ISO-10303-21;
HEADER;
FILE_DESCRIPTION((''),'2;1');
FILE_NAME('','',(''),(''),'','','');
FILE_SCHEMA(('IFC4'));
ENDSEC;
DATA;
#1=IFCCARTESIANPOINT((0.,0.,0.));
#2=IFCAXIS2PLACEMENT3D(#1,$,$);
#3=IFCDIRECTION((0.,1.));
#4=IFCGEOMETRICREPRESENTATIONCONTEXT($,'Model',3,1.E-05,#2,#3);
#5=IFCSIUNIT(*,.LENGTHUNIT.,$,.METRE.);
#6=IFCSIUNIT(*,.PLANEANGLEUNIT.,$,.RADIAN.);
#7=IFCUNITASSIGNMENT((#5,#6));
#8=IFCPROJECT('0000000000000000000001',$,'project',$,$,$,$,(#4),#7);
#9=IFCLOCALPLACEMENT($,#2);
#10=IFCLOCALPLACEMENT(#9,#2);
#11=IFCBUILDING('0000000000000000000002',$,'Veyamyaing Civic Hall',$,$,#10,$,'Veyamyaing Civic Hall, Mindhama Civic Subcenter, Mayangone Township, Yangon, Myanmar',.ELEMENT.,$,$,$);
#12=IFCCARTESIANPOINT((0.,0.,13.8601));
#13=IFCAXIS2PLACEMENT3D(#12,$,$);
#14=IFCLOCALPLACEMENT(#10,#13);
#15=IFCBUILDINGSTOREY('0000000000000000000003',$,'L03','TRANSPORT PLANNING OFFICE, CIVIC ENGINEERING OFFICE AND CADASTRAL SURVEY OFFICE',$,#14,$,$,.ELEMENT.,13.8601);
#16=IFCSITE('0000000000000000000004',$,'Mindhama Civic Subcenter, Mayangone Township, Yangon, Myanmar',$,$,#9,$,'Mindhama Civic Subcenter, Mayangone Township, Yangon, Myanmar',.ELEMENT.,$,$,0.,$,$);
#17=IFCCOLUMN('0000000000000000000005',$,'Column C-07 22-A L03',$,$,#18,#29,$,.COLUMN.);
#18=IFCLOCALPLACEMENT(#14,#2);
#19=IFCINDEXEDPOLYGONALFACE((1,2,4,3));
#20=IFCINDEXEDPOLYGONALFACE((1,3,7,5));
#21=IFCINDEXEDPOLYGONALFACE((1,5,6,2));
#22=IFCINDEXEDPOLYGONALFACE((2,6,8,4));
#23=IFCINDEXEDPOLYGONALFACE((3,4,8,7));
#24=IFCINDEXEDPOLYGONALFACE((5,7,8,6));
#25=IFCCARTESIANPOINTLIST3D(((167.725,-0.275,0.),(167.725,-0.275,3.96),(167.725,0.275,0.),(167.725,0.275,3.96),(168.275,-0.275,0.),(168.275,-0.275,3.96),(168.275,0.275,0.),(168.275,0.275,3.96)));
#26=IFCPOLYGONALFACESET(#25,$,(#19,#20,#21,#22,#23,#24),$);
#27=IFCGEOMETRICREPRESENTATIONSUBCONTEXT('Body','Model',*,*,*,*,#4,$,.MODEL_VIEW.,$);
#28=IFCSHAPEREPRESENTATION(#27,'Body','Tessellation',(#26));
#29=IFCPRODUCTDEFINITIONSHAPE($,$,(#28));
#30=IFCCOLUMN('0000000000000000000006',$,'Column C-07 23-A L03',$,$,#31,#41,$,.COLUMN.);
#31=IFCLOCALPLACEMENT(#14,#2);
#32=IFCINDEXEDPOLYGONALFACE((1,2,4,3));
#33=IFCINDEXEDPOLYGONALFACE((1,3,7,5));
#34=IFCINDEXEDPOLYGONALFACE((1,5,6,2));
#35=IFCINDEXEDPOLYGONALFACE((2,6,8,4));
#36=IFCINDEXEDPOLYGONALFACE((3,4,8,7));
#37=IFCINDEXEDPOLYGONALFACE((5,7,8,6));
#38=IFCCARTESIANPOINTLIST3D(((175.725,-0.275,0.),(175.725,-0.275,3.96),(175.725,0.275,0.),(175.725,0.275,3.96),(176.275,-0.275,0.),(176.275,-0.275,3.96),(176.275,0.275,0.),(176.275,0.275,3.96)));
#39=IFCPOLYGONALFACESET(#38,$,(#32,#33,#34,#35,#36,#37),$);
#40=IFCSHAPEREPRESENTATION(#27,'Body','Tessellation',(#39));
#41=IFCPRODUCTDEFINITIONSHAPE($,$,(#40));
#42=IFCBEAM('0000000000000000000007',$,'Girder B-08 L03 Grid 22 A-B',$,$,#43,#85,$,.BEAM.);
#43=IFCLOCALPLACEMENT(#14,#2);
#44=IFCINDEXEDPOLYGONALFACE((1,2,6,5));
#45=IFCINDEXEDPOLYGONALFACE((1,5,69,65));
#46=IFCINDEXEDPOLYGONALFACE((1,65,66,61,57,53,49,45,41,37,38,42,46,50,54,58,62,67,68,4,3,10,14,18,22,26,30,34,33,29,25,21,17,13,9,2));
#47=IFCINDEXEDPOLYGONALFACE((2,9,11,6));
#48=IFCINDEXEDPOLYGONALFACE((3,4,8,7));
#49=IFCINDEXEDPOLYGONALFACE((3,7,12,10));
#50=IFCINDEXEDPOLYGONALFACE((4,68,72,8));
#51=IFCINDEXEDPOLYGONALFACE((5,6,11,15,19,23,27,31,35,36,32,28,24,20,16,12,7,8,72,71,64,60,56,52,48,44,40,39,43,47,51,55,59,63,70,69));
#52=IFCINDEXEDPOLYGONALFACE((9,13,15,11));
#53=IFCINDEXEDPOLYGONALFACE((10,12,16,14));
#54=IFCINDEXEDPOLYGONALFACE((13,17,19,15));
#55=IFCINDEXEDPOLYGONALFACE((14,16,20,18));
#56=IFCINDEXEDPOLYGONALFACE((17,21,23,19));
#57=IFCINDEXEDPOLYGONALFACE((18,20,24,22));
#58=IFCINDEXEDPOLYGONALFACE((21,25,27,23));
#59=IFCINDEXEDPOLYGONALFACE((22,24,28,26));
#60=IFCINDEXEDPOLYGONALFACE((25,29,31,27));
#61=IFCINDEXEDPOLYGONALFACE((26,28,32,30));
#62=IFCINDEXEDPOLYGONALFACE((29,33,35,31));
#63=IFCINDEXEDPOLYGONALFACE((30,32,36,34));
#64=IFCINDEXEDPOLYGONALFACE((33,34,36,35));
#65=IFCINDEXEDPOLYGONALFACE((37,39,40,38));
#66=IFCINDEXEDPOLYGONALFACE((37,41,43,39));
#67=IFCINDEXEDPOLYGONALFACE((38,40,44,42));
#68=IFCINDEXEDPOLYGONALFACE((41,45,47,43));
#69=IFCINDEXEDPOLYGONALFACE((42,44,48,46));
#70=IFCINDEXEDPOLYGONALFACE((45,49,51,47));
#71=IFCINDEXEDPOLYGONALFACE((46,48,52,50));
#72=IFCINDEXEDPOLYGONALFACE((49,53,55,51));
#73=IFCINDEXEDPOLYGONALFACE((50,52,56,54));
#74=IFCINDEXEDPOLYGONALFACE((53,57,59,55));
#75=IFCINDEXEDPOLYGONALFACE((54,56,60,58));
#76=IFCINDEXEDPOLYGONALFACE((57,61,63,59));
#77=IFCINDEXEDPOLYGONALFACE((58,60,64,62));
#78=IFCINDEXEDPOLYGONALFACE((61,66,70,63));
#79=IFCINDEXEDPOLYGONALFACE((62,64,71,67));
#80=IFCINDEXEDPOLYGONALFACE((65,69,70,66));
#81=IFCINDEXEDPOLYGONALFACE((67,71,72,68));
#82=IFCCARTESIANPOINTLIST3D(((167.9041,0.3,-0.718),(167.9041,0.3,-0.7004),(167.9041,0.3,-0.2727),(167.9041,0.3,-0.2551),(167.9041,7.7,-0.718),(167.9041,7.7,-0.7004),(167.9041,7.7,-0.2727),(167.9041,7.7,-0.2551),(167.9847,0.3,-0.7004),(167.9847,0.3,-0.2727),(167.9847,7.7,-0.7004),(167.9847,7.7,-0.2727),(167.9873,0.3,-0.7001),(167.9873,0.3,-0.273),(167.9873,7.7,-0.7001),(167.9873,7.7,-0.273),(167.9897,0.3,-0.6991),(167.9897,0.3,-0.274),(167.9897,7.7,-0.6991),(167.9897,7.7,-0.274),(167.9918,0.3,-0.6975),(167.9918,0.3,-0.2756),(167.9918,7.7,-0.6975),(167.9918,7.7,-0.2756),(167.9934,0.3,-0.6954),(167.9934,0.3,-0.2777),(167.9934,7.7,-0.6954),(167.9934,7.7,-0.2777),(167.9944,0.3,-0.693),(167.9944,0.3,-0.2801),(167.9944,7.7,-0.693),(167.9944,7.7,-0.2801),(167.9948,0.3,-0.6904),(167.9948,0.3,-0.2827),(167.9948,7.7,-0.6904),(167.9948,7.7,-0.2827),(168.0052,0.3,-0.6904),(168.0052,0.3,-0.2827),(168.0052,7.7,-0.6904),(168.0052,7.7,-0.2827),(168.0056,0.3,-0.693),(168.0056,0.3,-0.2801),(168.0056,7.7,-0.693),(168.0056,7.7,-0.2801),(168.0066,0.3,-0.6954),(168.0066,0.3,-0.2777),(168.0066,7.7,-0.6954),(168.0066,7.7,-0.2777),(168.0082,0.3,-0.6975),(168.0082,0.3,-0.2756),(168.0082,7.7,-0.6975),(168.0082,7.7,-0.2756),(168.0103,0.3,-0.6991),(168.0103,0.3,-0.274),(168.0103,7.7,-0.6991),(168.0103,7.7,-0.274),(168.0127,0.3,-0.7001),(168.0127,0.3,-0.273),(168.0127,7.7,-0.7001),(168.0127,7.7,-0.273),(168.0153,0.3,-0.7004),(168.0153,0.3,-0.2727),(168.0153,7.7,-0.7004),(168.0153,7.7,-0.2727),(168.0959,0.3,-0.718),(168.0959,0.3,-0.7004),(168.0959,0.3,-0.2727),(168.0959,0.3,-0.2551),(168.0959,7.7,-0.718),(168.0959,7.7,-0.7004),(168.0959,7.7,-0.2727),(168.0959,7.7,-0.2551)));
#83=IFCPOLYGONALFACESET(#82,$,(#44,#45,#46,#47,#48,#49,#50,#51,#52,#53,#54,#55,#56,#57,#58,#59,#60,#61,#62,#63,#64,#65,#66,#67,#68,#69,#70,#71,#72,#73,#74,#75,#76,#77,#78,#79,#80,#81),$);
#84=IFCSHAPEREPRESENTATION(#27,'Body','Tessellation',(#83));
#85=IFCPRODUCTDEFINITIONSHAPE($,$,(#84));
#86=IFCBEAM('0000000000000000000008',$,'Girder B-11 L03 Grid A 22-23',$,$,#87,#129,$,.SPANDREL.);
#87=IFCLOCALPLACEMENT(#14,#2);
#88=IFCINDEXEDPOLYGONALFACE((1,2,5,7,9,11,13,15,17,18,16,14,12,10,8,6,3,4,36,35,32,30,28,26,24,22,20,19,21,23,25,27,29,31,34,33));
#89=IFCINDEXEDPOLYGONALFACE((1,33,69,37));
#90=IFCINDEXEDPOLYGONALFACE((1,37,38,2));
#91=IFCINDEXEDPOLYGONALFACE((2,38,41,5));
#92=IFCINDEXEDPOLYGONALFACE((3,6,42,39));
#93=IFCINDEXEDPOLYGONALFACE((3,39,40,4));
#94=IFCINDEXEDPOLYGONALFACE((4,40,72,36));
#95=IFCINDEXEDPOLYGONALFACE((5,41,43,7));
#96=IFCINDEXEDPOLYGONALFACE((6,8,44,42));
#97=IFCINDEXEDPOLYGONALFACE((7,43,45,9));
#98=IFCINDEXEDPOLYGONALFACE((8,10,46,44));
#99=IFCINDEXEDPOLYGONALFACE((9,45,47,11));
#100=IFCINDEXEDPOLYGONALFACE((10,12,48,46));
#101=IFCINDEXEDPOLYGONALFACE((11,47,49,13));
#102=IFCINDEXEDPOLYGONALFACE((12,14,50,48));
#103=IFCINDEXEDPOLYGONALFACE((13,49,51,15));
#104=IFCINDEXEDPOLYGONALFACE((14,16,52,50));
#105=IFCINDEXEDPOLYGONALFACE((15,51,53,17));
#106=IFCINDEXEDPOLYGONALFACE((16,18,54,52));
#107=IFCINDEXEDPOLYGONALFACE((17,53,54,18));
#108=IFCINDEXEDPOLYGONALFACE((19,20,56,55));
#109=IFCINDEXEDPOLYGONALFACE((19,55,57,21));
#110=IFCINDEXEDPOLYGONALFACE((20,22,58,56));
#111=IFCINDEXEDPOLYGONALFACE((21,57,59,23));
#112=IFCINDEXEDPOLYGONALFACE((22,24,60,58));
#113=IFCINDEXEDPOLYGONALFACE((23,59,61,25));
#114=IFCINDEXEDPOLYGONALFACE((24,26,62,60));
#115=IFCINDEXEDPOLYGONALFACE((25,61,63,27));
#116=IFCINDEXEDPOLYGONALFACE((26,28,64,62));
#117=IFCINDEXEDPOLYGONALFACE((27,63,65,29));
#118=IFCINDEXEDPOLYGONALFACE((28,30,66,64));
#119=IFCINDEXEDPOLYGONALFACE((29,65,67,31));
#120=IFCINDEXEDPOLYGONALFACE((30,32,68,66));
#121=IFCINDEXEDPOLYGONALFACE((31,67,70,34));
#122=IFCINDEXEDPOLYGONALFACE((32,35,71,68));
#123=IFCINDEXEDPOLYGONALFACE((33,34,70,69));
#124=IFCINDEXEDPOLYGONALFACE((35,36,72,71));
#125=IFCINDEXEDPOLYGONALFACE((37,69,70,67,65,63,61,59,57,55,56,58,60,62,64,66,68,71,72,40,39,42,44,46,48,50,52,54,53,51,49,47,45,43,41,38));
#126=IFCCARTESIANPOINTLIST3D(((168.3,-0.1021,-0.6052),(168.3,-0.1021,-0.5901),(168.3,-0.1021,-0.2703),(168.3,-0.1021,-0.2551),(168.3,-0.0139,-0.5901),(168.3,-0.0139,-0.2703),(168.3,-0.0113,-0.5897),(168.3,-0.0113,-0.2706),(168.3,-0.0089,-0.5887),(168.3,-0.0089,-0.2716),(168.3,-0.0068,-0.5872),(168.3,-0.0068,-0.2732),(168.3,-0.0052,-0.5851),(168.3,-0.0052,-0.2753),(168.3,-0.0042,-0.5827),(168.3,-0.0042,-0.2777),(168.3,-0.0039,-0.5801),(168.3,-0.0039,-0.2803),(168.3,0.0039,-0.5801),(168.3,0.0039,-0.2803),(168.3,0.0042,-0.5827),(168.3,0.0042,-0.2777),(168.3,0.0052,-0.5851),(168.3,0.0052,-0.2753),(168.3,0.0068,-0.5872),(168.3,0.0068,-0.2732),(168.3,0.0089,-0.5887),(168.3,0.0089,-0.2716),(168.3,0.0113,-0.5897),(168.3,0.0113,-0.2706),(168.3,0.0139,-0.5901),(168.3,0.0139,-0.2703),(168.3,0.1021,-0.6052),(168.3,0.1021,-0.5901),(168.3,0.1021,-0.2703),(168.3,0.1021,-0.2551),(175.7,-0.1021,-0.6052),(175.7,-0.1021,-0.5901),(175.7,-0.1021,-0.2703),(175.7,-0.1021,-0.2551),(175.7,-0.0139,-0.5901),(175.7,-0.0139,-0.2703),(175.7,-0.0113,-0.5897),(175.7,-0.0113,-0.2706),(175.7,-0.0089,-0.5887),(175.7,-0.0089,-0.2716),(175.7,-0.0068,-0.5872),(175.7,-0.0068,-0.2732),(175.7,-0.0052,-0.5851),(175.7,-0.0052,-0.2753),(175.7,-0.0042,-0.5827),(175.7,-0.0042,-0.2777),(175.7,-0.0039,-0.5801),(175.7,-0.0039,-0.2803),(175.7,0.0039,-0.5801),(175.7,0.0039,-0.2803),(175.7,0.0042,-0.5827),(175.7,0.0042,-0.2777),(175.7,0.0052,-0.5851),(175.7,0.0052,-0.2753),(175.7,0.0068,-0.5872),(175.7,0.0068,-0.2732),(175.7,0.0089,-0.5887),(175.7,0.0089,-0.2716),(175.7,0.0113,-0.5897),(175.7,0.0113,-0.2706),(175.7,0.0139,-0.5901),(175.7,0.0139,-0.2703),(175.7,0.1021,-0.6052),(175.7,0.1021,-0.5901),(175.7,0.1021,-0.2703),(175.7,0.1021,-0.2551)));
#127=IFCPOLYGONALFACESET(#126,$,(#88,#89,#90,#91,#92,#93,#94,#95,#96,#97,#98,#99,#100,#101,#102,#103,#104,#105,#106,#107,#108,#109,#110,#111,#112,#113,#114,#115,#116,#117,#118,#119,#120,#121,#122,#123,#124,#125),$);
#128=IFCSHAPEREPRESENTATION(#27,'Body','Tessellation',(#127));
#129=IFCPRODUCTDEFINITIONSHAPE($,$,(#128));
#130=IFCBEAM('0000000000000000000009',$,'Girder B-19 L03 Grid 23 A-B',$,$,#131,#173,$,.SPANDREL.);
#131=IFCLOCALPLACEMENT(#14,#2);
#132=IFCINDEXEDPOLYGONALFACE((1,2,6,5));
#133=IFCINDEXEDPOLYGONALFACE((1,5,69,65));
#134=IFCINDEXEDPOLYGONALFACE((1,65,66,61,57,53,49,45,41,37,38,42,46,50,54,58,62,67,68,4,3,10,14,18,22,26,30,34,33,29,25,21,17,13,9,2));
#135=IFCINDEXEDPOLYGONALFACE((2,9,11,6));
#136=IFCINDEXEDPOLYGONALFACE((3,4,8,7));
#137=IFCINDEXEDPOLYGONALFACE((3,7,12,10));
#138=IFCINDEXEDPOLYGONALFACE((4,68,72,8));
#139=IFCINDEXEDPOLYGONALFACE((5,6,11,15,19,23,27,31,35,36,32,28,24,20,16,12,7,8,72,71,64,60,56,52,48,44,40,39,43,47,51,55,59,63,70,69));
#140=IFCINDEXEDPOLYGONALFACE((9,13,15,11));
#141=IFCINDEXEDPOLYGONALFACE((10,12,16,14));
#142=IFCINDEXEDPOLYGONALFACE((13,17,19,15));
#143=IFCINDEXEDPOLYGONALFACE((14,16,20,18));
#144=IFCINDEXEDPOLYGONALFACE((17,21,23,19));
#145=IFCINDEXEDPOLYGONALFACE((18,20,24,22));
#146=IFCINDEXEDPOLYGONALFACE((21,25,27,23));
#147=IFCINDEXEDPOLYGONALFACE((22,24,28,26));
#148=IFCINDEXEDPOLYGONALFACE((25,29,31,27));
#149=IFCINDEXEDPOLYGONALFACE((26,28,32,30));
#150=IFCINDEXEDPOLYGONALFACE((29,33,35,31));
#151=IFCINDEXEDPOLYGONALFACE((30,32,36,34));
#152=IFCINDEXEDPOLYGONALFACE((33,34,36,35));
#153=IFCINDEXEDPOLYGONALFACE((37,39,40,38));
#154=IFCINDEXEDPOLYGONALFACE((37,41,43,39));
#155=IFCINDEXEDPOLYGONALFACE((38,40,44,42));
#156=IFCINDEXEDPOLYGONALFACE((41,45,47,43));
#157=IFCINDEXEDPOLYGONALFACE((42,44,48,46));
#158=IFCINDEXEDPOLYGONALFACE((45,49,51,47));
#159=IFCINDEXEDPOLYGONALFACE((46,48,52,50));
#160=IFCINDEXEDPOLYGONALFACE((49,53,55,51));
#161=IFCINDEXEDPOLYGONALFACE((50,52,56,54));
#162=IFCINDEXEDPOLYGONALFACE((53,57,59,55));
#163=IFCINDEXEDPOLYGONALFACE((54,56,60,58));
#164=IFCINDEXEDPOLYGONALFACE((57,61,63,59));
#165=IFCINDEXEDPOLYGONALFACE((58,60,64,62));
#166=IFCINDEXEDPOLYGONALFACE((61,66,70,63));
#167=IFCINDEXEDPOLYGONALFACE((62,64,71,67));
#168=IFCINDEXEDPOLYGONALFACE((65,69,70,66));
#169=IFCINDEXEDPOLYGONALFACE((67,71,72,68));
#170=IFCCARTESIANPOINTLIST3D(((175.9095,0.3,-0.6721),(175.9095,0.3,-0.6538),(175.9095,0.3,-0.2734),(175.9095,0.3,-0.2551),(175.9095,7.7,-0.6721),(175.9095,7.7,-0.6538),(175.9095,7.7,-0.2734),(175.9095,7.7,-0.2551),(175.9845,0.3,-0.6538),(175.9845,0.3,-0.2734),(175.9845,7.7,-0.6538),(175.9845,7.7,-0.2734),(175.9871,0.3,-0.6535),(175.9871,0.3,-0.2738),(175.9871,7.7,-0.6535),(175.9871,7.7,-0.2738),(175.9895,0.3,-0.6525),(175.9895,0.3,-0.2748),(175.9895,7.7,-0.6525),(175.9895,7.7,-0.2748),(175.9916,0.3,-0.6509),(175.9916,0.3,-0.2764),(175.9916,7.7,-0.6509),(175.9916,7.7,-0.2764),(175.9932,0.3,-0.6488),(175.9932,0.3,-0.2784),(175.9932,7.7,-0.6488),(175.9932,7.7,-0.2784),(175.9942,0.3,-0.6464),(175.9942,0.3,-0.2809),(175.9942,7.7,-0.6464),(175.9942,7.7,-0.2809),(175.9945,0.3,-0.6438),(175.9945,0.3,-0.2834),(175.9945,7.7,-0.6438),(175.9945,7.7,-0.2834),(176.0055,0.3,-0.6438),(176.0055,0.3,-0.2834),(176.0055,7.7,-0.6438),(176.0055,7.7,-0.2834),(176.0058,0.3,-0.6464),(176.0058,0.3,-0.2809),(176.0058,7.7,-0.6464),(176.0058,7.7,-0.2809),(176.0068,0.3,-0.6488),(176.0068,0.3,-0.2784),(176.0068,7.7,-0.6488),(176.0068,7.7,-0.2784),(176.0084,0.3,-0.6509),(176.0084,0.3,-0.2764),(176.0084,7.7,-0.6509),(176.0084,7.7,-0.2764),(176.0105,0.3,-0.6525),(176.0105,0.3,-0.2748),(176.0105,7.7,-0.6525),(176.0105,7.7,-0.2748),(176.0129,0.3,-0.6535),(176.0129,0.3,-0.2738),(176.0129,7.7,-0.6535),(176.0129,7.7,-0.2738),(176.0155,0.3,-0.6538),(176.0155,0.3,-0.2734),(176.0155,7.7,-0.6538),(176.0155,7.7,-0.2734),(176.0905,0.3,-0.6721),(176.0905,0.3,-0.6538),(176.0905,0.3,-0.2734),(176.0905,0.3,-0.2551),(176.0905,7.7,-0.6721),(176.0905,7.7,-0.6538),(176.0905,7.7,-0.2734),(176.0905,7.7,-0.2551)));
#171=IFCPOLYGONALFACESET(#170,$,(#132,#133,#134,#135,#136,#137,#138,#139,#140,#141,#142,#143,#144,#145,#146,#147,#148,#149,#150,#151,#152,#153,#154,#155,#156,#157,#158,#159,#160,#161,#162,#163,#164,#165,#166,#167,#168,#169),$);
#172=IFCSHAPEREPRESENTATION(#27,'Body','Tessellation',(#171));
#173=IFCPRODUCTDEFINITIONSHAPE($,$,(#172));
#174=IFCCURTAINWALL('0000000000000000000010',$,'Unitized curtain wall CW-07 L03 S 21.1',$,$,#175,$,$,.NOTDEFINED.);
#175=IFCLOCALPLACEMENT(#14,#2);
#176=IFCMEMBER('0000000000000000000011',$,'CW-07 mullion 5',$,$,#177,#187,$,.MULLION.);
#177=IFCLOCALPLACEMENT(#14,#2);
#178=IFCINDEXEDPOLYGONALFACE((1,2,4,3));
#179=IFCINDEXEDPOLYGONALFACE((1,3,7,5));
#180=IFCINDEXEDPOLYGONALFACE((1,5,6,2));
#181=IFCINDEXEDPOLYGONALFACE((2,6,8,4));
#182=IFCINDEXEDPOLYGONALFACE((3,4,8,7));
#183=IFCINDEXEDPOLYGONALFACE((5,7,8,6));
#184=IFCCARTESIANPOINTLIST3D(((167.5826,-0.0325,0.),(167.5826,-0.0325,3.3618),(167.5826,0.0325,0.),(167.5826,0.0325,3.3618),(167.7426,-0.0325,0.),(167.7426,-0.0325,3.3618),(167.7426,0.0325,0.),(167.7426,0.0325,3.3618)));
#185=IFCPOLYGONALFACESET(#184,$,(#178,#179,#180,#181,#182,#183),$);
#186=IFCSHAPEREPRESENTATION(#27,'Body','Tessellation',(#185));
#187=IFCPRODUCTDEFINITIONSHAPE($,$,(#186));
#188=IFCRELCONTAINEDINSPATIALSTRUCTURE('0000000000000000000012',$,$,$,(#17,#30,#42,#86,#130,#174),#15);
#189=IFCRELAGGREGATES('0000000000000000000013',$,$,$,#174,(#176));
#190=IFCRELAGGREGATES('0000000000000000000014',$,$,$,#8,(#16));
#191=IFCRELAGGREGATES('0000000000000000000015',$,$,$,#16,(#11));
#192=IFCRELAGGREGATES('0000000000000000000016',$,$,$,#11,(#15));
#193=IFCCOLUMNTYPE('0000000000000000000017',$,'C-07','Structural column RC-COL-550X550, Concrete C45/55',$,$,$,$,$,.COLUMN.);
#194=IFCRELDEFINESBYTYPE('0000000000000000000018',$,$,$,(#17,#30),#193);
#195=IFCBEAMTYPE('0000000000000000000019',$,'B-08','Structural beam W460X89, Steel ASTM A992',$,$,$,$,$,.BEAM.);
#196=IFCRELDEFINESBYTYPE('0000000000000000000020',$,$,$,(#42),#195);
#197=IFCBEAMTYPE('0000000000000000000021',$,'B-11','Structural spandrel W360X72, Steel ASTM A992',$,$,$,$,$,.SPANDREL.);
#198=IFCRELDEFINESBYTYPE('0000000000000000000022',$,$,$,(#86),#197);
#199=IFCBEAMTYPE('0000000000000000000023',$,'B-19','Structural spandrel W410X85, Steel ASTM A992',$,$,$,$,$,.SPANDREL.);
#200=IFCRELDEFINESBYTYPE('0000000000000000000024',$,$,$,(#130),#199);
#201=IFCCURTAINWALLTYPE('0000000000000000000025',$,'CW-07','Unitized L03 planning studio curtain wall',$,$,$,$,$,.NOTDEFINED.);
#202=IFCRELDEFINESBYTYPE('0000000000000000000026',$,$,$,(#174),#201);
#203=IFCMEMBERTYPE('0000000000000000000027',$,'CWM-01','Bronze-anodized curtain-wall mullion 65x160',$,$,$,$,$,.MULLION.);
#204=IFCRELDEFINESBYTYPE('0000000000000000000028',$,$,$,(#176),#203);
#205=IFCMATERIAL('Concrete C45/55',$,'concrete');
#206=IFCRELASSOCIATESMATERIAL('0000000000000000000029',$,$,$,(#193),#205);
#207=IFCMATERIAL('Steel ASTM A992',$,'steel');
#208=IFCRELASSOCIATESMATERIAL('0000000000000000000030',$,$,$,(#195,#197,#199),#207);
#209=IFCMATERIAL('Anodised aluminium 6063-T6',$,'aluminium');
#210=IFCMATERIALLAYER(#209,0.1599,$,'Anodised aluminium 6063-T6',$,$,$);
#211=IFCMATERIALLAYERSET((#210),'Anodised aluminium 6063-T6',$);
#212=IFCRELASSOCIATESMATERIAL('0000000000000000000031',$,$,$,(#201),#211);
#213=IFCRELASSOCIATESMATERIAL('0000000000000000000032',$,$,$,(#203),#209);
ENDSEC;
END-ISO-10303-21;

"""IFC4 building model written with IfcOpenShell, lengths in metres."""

from ifc_helpers import new_model, si_unit, direction, frame, origin, origin_2d, place, context, subcontext, project, spatial, rectangle, i_section, extrude, material, layer, layer_set, material_profile, profile_set, type_object, element, aggregate, save


model = new_model("IFC4")

# Units and contexts
model_context = context("Model", 3, precision=1e-05, world=origin(), true_north=direction((0.0, 1.0)))
body_context = subcontext(model_context, "Body", "Model", "MODEL_VIEW")
ifc_project = project(units=[si_unit("LENGTHUNIT", "METRE"), si_unit("PLANEANGLEUNIT", "RADIAN")], contexts=[model_context])

# Site, building, storey
site_placement = place(None, origin())
site = spatial("IfcSite", under=ifc_project, at=site_placement, Name="Mindhama Civic Subcenter, Mayangone Township, Yangon, Myanmar", LongName="Mindhama Civic Subcenter, Mayangone Township, Yangon, Myanmar", CompositionType="ELEMENT", RefElevation=0.0)
building_placement = place(site_placement, origin())
building = spatial("IfcBuilding", under=site, at=building_placement, Name="Veyamyaing Civic Hall", LongName="Veyamyaing Civic Hall, Mindhama Civic Subcenter, Mayangone Township, Yangon, Myanmar", CompositionType="ELEMENT")
storey_placement = place(building_placement, frame((0.0, 0.0, 13.8601)))
storey = spatial("IfcBuildingStorey", under=building, at=storey_placement, Name="L03", Description="TRANSPORT PLANNING OFFICE, CIVIC ENGINEERING OFFICE AND CADASTRAL SURVEY OFFICE", CompositionType="ELEMENT", Elevation=13.8601)

# Columns
ifc_material_1 = material(Name="Concrete C45/55", Category="concrete")
ifc_material_profile_1 = material_profile(ifc_material_1, rectangle(XDim=0.55, YDim=0.55, at=origin_2d()), Name="RC-COL-550X550")
ifc_profile_set_1 = profile_set([ifc_material_profile_1], Name="Concrete C45/55")
column_type = type_object("IfcColumnType", Name="C-07", Description="Structural column RC-COL-550X550, Concrete C45/55", PredefinedType="COLUMN", material=ifc_profile_set_1)
for number, where, z_axis, x_axis, name in (
    (1, (168.0, 0.0, 0.0), (0.0, 0.0, 1.0), (1.0, 0.0, 0.0), "Column C-07 22-A L03"),
    (2, (176.0, 0.0, 0.0), (0.0, 0.0, 1.0), (1.0, 0.0, 0.0), "Column C-07 23-A L03"),
):
    element("IfcColumn", number, at=place(storey_placement, frame(where, z_axis=z_axis, x_axis=x_axis)), inside=storey, type_object=column_type, Name=name, PredefinedType="COLUMN", context=body_context, shape_type="SweptSolid", body=[
        extrude(rectangle(XDim=0.55, YDim=0.55, at=origin_2d()), origin(), (0.0, 0.0, 1.0), 3.96),
    ])

# Beams
ifc_material_2 = material(Name="Steel ASTM A992", Category="steel")
ifc_material_profile_2 = material_profile(ifc_material_2, i_section(OverallWidth=0.1919, OverallDepth=0.4629, WebThickness=0.0105, FlangeThickness=0.0176, FilletRadius=0.01, at=origin_2d()), Name="W460X89")
ifc_profile_set_2 = profile_set([ifc_material_profile_2], Name="Steel ASTM A992")
beam_type_1 = type_object("IfcBeamType", Name="B-08", Description="Structural beam W460X89, Steel ASTM A992", PredefinedType="BEAM", material=ifc_profile_set_2)
beam_1_placement = place(storey_placement, frame((168.0, 0.3, -0.4866), z_axis=(0.0, 1.0, 0.0), x_axis=(-1.0, 0.0, 0.0)))
element("IfcBeam", 3, at=beam_1_placement, inside=storey, type_object=beam_type_1, Name="Girder B-08 L03 Grid 22 A-B", PredefinedType="BEAM", context=body_context, shape_type="SweptSolid", body=[
    extrude(i_section(OverallWidth=0.1919, OverallDepth=0.4629, WebThickness=0.0105, FlangeThickness=0.0176, FilletRadius=0.01, at=origin_2d()), origin(), (0.0, 0.0, 1.0), 7.3999),
])
ifc_material_profile_3 = material_profile(ifc_material_2, i_section(OverallWidth=0.2041, OverallDepth=0.3501, WebThickness=0.0078, FlangeThickness=0.0151, FilletRadius=0.01, at=origin_2d()), Name="W360X72")
ifc_profile_set_3 = profile_set([ifc_material_profile_3], Name="Steel ASTM A992")
beam_type_2 = type_object("IfcBeamType", Name="B-11", Description="Structural spandrel W360X72, Steel ASTM A992", PredefinedType="SPANDREL", material=ifc_profile_set_3)
beam_2_placement = place(storey_placement, frame((168.3, 0.0, -0.4302), z_axis=(1.0, 0.0, 0.0), x_axis=(0.0, 1.0, 0.0)))
element("IfcBeam", 4, at=beam_2_placement, inside=storey, type_object=beam_type_2, Name="Girder B-11 L03 Grid A 22-23", PredefinedType="SPANDREL", context=body_context, shape_type="SweptSolid", body=[
    extrude(i_section(OverallWidth=0.2041, OverallDepth=0.3501, WebThickness=0.0078, FlangeThickness=0.0151, FilletRadius=0.01, at=origin_2d()), origin(), (0.0, 0.0, 1.0), 7.3999),
])
ifc_material_profile_4 = material_profile(ifc_material_2, i_section(OverallWidth=0.1809, OverallDepth=0.417, WebThickness=0.011, FlangeThickness=0.0183, FilletRadius=0.01, at=origin_2d()), Name="W410X85")
ifc_profile_set_4 = profile_set([ifc_material_profile_4], Name="Steel ASTM A992")
beam_type_3 = type_object("IfcBeamType", Name="B-19", Description="Structural spandrel W410X85, Steel ASTM A992", PredefinedType="SPANDREL", material=ifc_profile_set_4)
beam_3_placement = place(storey_placement, frame((176.0, 0.3, -0.4636), z_axis=(0.0, 1.0, 0.0), x_axis=(-1.0, 0.0, 0.0)))
element("IfcBeam", 5, at=beam_3_placement, inside=storey, type_object=beam_type_3, Name="Girder B-19 L03 Grid 23 A-B", PredefinedType="SPANDREL", context=body_context, shape_type="SweptSolid", body=[
    extrude(i_section(OverallWidth=0.1809, OverallDepth=0.417, WebThickness=0.011, FlangeThickness=0.0183, FilletRadius=0.01, at=origin_2d()), origin(), (0.0, 0.0, 1.0), 7.3999),
])

# Curtain wall, member
ifc_material_3 = material(Name="Anodised aluminium 6063-T6", Category="aluminium")
ifc_layer_1 = layer(ifc_material_3, 0.1599, Name="Anodised aluminium 6063-T6")
ifc_layer_set_1 = layer_set([ifc_layer_1], Name="Anodised aluminium 6063-T6")
curtain_wall_type = type_object("IfcCurtainWallType", Name="CW-07", Description="Unitized L03 planning studio curtain wall", PredefinedType="NOTDEFINED", material=ifc_layer_set_1)
curtain_wall_placement = place(storey_placement, origin())
curtain_wall = element("IfcCurtainWall", 6, at=curtain_wall_placement, inside=storey, type_object=curtain_wall_type, Name="Unitized curtain wall CW-07 L03 S 21.1", PredefinedType="NOTDEFINED")
ifc_material_profile_5 = material_profile(ifc_material_3, rectangle(XDim=0.0649, YDim=0.1599, at=origin_2d()), Name="ALU-MUL-65X160")
ifc_profile_set_5 = profile_set([ifc_material_profile_5], Name="Anodised aluminium 6063-T6")
member_type_1 = type_object("IfcMemberType", Name="CWM-01", Description="Bronze-anodized curtain-wall mullion 65x160", PredefinedType="MULLION", material=ifc_profile_set_5)
member_1_placement = place(storey_placement, frame((167.6626, 0.0, 0.0), z_axis=(0.0, 0.0, 1.0), x_axis=(0.0, 1.0, 0.0)))
member_1 = element("IfcMember", 7, at=member_1_placement, type_object=member_type_1, Name="CW-07 mullion 5", PredefinedType="MULLION", context=body_context, shape_type="SweptSolid", body=[
    extrude(rectangle(XDim=0.0649, YDim=0.1599, at=origin_2d()), origin(), (0.0, 0.0, 1.0), 3.3618),
])

aggregate(curtain_wall, [member_1])

save(model, "model.ifc")
